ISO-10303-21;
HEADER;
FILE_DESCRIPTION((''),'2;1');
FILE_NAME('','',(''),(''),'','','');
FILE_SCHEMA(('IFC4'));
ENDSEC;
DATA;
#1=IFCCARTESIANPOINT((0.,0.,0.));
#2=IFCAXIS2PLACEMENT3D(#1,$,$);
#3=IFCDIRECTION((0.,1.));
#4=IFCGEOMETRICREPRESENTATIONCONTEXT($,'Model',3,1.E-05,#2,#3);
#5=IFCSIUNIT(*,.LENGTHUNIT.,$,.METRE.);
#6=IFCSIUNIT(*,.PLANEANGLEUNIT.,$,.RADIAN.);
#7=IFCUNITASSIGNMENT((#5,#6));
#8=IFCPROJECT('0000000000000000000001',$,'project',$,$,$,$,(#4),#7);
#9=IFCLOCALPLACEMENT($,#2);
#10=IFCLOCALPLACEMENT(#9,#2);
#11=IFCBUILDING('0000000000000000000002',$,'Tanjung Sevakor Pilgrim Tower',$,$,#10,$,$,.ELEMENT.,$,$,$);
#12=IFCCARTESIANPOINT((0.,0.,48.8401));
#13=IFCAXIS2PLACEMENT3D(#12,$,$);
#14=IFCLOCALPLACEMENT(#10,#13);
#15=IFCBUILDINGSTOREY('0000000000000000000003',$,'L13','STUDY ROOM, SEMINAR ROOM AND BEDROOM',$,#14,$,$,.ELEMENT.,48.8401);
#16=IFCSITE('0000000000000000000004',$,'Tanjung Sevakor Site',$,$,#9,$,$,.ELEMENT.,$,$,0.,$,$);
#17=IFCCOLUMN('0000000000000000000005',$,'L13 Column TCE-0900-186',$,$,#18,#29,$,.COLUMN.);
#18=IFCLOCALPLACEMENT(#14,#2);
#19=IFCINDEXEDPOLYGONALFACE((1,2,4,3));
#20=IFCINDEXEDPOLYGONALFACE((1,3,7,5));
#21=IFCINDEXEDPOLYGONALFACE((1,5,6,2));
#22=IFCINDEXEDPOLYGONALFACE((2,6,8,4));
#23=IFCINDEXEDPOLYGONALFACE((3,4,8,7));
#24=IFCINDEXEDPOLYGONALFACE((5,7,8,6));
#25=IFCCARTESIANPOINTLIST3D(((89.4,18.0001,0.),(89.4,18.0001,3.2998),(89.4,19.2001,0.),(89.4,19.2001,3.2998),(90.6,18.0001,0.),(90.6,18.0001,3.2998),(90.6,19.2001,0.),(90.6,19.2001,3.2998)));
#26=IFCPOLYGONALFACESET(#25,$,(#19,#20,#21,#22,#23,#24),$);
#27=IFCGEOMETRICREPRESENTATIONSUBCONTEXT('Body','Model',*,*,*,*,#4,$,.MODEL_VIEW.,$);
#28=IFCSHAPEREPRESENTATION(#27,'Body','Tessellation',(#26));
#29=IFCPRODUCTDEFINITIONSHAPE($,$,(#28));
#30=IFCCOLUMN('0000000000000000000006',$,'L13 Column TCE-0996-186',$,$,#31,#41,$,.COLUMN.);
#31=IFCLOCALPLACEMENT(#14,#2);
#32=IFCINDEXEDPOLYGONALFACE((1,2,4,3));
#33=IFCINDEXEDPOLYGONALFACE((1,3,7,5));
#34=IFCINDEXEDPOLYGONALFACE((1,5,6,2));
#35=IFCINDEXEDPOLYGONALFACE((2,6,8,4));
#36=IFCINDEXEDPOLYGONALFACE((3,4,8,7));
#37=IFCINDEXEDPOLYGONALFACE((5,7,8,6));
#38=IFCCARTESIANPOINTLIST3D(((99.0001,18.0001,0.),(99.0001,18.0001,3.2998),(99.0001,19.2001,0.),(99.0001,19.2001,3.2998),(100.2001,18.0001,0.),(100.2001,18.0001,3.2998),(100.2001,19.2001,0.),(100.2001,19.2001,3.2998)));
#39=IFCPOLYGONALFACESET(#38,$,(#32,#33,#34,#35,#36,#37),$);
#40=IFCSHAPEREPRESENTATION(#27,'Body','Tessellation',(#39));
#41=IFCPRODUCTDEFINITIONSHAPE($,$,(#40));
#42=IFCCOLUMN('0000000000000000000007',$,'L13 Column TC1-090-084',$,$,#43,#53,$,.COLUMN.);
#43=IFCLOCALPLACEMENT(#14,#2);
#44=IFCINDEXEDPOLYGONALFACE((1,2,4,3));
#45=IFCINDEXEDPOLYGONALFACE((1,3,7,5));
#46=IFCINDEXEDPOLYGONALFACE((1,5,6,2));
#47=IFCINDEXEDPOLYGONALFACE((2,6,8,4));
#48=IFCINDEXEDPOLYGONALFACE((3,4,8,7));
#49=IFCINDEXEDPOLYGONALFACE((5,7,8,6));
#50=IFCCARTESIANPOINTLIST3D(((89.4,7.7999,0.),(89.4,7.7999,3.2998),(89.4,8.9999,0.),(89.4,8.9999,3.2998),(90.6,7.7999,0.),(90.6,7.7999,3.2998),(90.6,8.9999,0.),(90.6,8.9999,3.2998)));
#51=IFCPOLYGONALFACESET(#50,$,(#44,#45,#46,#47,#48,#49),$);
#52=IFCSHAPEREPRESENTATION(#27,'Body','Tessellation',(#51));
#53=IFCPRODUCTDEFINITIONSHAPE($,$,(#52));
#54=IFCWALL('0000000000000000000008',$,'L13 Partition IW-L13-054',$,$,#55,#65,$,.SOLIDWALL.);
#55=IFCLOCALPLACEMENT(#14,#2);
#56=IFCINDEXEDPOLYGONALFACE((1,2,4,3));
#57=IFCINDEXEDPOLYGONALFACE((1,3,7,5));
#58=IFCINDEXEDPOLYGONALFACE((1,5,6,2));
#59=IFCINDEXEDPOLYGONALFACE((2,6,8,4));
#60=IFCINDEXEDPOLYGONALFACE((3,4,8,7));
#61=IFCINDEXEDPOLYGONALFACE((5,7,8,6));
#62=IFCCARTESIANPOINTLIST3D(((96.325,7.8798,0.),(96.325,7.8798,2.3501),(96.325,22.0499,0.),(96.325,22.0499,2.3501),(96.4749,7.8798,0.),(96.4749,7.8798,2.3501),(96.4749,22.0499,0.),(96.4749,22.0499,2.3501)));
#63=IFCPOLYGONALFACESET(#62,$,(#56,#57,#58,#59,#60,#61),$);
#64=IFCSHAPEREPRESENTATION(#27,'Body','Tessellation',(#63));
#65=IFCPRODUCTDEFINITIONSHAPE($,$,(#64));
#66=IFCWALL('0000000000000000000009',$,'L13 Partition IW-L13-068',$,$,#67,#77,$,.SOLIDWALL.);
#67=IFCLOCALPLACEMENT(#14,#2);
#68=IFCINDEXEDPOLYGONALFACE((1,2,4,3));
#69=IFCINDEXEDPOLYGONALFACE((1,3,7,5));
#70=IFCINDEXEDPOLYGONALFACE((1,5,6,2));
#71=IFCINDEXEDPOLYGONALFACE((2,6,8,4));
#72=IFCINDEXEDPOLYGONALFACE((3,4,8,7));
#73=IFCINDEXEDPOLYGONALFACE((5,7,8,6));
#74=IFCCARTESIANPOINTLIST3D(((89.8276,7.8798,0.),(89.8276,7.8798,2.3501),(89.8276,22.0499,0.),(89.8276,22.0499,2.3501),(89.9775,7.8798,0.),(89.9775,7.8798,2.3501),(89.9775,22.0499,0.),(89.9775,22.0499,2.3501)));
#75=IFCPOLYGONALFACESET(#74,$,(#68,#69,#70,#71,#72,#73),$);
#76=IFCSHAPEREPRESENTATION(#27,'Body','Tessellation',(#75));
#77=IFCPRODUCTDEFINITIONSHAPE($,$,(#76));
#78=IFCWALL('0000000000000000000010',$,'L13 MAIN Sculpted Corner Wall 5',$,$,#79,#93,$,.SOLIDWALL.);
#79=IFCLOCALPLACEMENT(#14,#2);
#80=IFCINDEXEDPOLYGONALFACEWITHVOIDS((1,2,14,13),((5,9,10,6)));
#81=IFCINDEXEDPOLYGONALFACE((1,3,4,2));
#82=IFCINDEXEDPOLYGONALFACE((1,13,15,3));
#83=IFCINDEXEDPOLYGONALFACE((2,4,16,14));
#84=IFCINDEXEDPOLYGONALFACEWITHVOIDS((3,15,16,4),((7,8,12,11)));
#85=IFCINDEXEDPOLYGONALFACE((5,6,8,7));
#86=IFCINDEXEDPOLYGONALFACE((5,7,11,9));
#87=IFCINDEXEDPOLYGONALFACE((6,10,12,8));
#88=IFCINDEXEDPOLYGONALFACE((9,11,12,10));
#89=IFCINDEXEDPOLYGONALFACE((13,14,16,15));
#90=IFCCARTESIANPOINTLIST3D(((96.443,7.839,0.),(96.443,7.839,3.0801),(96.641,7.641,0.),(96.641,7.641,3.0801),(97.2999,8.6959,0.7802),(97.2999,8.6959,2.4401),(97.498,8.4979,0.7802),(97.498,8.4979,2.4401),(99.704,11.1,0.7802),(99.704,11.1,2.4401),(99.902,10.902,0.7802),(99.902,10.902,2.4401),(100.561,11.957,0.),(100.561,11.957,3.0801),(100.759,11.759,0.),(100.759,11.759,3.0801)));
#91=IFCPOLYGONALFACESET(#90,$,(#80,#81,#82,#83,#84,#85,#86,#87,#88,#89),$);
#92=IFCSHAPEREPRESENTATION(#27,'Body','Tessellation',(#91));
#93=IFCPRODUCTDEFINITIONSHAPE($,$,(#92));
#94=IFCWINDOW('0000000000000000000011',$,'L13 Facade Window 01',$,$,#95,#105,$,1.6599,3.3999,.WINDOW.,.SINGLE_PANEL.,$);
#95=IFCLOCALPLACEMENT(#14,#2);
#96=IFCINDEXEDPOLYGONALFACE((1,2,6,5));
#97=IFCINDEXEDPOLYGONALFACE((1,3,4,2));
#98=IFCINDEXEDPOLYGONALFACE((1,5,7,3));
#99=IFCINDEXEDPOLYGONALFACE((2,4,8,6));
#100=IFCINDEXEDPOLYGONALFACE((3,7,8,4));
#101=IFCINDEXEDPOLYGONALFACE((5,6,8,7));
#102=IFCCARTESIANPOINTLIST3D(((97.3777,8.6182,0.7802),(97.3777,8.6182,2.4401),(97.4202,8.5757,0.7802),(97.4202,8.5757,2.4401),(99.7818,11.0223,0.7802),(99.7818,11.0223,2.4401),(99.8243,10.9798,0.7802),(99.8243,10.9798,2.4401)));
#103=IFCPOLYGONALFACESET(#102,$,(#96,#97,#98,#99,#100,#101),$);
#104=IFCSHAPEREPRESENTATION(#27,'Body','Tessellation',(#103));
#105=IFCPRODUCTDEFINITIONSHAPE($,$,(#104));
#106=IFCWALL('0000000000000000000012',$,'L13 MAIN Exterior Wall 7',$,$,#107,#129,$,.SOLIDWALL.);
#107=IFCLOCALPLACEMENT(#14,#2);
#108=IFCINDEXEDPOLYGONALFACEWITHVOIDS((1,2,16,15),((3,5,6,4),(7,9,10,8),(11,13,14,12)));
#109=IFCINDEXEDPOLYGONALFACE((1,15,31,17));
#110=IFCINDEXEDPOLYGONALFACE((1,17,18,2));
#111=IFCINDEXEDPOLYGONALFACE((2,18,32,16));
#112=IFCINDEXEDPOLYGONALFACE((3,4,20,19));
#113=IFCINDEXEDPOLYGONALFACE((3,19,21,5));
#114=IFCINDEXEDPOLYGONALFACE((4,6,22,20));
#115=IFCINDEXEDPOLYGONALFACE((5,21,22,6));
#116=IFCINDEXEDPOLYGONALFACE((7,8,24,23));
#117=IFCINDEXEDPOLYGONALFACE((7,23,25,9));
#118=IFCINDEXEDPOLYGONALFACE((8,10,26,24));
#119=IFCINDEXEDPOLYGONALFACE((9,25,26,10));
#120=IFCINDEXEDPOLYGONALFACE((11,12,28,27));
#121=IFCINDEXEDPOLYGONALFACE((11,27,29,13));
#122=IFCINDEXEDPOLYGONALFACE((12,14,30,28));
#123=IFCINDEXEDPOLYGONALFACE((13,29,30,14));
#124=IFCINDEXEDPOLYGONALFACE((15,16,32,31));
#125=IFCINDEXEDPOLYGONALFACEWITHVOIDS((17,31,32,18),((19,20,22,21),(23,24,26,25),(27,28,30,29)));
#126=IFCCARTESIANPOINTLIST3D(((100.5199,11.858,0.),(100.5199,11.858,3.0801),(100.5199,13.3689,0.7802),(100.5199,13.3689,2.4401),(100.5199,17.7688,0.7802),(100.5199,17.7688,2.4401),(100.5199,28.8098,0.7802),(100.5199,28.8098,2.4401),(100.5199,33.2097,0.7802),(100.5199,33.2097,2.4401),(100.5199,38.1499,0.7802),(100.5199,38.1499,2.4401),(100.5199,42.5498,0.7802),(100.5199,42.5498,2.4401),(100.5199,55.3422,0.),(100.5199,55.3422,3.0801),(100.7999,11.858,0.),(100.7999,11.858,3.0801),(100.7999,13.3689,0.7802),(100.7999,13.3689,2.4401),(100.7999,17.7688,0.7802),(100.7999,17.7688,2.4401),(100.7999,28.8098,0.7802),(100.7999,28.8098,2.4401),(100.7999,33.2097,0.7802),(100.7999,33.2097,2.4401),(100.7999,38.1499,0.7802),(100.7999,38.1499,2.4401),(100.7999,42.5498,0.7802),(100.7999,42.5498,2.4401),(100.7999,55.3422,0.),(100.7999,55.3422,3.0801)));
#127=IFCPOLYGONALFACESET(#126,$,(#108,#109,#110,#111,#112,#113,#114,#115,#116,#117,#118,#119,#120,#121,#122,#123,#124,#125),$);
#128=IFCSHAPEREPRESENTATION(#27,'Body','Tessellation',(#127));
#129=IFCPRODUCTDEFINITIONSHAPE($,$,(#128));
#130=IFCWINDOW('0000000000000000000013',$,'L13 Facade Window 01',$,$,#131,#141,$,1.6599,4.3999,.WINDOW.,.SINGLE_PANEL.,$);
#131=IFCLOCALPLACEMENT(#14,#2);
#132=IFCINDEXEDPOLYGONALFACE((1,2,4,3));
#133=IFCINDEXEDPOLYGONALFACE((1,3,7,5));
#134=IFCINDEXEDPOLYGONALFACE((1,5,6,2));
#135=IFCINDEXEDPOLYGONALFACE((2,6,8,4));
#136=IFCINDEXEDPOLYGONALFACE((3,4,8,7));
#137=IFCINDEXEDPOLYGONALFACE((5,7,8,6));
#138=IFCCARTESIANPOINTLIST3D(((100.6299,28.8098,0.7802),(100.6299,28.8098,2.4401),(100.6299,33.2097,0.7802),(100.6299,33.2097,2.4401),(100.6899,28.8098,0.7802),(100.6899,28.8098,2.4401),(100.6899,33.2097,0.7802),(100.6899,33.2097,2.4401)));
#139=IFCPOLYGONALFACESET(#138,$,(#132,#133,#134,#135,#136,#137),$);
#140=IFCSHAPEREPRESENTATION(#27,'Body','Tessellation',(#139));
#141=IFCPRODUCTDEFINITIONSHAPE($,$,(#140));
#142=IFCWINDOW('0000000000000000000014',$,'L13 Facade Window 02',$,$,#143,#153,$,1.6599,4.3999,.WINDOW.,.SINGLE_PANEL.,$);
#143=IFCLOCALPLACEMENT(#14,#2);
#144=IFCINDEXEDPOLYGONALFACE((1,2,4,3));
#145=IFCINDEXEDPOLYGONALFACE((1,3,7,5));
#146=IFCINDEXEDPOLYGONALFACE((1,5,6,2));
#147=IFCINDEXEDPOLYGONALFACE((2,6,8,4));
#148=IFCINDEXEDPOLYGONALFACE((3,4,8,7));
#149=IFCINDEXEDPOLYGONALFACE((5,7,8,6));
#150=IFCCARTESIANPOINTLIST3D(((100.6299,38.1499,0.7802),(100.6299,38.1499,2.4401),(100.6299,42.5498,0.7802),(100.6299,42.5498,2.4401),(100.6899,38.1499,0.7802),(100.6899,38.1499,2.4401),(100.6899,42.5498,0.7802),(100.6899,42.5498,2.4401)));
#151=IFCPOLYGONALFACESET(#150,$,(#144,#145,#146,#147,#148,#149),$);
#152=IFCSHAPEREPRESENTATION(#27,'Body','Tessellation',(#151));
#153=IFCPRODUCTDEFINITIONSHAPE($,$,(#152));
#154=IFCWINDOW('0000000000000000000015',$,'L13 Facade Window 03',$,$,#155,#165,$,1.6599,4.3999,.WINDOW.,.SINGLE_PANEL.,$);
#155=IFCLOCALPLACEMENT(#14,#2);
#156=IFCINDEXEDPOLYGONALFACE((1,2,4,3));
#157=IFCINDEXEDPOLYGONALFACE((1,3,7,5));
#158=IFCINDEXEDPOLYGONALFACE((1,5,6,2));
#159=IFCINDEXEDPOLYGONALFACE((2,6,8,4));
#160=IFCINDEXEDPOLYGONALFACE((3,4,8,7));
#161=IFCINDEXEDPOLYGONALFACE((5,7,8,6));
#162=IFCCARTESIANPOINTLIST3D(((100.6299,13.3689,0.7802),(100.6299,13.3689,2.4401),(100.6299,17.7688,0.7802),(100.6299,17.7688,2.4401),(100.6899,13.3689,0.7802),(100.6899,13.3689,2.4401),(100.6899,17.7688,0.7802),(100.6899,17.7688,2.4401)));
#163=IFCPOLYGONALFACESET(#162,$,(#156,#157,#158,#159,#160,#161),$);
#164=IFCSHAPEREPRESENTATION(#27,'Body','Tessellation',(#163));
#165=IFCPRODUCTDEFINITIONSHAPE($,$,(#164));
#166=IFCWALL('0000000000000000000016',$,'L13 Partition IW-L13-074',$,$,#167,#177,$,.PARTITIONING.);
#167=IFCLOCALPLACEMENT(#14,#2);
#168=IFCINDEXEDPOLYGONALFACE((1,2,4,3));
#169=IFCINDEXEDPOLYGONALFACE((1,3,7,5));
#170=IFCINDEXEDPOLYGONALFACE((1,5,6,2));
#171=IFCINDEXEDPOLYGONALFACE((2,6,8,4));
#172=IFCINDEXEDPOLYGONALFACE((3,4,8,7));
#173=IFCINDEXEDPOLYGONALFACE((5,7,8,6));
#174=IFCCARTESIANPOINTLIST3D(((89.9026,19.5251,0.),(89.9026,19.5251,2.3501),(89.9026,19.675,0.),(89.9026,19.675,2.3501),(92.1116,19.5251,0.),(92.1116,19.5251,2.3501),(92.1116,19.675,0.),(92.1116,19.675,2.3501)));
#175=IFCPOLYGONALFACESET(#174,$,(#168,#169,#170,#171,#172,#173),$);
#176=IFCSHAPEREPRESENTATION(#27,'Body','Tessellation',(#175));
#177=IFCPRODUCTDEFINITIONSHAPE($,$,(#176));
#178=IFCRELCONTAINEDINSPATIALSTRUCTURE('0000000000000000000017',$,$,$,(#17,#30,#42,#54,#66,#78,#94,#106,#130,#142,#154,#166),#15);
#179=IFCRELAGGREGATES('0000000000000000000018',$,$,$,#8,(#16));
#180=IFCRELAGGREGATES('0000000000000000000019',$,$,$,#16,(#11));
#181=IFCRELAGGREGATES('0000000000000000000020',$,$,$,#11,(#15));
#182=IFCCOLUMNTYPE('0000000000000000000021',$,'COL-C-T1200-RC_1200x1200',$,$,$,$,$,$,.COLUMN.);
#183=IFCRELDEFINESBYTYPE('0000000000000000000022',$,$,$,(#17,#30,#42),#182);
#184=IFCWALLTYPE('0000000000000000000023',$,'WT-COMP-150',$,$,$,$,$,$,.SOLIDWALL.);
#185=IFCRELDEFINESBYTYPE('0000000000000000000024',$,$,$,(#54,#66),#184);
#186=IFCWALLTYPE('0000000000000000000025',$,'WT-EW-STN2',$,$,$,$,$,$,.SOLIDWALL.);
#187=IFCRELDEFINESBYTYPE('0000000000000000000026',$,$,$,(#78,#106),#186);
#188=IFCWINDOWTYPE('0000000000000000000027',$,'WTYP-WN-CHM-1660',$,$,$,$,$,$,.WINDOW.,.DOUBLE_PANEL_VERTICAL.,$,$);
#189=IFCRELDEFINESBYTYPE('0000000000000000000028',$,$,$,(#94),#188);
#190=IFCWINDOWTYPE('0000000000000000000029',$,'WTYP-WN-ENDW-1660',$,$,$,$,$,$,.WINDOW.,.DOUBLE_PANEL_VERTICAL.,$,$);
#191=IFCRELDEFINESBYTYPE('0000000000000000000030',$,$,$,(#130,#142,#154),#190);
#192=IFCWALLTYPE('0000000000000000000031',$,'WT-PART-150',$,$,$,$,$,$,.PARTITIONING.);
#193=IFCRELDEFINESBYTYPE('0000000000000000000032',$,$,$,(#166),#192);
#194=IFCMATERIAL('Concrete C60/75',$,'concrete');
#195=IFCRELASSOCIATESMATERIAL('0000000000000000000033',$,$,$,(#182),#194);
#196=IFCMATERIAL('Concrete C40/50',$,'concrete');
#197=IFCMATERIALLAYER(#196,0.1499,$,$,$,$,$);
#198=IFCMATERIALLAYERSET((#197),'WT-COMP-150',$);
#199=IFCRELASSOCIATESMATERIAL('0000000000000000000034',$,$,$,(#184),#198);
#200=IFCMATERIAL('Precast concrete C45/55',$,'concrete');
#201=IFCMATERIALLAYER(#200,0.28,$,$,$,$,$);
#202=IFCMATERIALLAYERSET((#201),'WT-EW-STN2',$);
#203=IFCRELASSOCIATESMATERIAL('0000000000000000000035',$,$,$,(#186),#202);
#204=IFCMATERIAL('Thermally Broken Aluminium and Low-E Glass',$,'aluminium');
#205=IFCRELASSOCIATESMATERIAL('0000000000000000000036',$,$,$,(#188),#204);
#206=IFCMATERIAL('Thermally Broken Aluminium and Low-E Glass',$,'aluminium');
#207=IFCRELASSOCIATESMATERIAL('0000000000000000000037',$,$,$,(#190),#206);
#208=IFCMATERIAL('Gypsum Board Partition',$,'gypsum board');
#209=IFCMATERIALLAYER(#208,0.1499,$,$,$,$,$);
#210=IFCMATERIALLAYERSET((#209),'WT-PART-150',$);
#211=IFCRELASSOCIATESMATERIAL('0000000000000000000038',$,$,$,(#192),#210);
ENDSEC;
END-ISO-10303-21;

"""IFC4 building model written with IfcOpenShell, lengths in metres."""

from ifc_helpers import new_model, si_unit, direction, frame, frame_2d, origin, origin_2d, place, context, subcontext, project, spatial, rectangle, extrude, material, layer, layer_set, material_profile, profile_set, type_object, element, fill, save


model = new_model("IFC4")

# Units and contexts
model_context = context("Model", 3, precision=1e-05, world=origin(), true_north=direction((0.0, 1.0)))
body_context = subcontext(model_context, "Body", "Model", "MODEL_VIEW")
ifc_project = project(units=[si_unit("LENGTHUNIT", "METRE"), si_unit("PLANEANGLEUNIT", "RADIAN")], contexts=[model_context])

# Site, building, storey
site_placement = place(None, origin())
site = spatial("IfcSite", under=ifc_project, at=site_placement, Name="Tanjung Sevakor Site", CompositionType="ELEMENT", RefElevation=0.0)
building_placement = place(site_placement, origin())
building = spatial("IfcBuilding", under=site, at=building_placement, Name="Tanjung Sevakor Pilgrim Tower", CompositionType="ELEMENT")
storey_placement = place(building_placement, frame((0.0, 0.0, 48.8401)))
storey = spatial("IfcBuildingStorey", under=building, at=storey_placement, Name="L13", Description="STUDY ROOM, SEMINAR ROOM AND BEDROOM", CompositionType="ELEMENT", Elevation=48.8401)

# Columns
ifc_material_1 = material(Name="Concrete C60/75", Category="concrete")
ifc_material_profile = material_profile(ifc_material_1, rectangle(XDim=1.2, YDim=1.2, at=origin_2d()))
ifc_profile_set = profile_set([ifc_material_profile], Name="Concrete C60/75")
column_type = type_object("IfcColumnType", Name="COL-C-T1200-RC_1200x1200", PredefinedType="COLUMN", material=ifc_profile_set)
for number, where, z_axis, x_axis, name in (
    (1, (90.0, 18.6001, 0.0), (0.0, 0.0, 1.0), (1.0, 0.0, 0.0), "L13 Column TCE-0900-186"),
    (2, (99.6001, 18.6001, 0.0), (0.0, 0.0, 1.0), (1.0, 0.0, 0.0), "L13 Column TCE-0996-186"),
    (3, (90.0, 8.3999, 0.0), (0.0, 0.0, 1.0), (1.0, 0.0, 0.0), "L13 Column TC1-090-084"),
):
    element("IfcColumn", number, at=place(storey_placement, frame(where, z_axis=z_axis, x_axis=x_axis)), inside=storey, type_object=column_type, Name=name, PredefinedType="COLUMN", context=body_context, shape_type="SweptSolid", body=[
        extrude(rectangle(XDim=1.2, YDim=1.2, at=origin_2d()), origin(), (0.0, 0.0, 1.0), 3.2998),
    ])

# Walls
ifc_material_2 = material(Name="Concrete C40/50", Category="concrete")
ifc_layer_1 = layer(ifc_material_2, 0.1499)
ifc_layer_set_1 = layer_set([ifc_layer_1], Name="WT-COMP-150")
wall_type_1 = type_object("IfcWallType", Name="WT-COMP-150", PredefinedType="SOLIDWALL", material=ifc_layer_set_1)
for number, where, z_axis, x_axis, name in (
    (4, (96.3999, 7.8799, 0.0), (0.0, 0.0, 1.0), (0.0, 1.0, 0.0), "L13 Partition IW-L13-054"),
    (5, (89.9026, 7.8799, 0.0), (0.0, 0.0, 1.0), (0.0, 1.0, 0.0), "L13 Partition IW-L13-068"),
):
    element("IfcWall", number, at=place(storey_placement, frame(where, z_axis=z_axis, x_axis=x_axis)), inside=storey, type_object=wall_type_1, Name=name, PredefinedType="SOLIDWALL", context=body_context, shape_type="SweptSolid", body=[
        extrude(rectangle(XDim=14.1702, YDim=0.1499, at=frame_2d((7.085, 0.0))), origin(), (0.0, 0.0, 1.0), 2.3501),
    ])

# Wall, opening, window
ifc_material_3 = material(Name="Precast concrete C45/55", Category="concrete")
ifc_layer_2 = layer(ifc_material_3, 0.28)
ifc_layer_set_2 = layer_set([ifc_layer_2], Name="WT-EW-STN2")
wall_type_2 = type_object("IfcWallType", Name="WT-EW-STN2", PredefinedType="SOLIDWALL", material=ifc_layer_set_2)
wall_1_placement = place(storey_placement, frame((96.542, 7.74, 0.0), z_axis=(0.0, 0.0, 1.0), x_axis=(0.707107, 0.707107, 0.0)))
wall_1 = element("IfcWall", 6, at=wall_1_placement, inside=storey, type_object=wall_type_2, Name="L13 MAIN Sculpted Corner Wall 5", PredefinedType="SOLIDWALL", context=body_context, shape_type="SweptSolid", body=[
    extrude(rectangle(XDim=5.8237, YDim=0.28, at=frame_2d((2.9119, 0.0))), origin(), (0.0, 0.0, 1.0), 3.0801),
])
opening_1_placement = place(wall_1_placement, frame((1.2119, 0.0, 0.78)))
opening_1 = element("IfcOpeningElement", 7, at=opening_1_placement, cuts=wall_1, PredefinedType="OPENING", context=body_context, shape_type="SweptSolid", body=[
    extrude(rectangle(XDim=3.3999, YDim=1.6599, at=frame_2d((1.7, 0.8301))), frame((0.0, 0.1499, 0.0), z_axis=(0.0, -1.0, 0.0), x_axis=(1.0, 0.0, 0.0)), (0.0, 0.0, 1.0), 0.3),
])
ifc_material_4 = material(Name="Thermally Broken Aluminium and Low-E Glass", Category="aluminium")
window_type_1 = type_object("IfcWindowType", Name="WTYP-WN-CHM-1660", PartitioningType="DOUBLE_PANEL_VERTICAL", PredefinedType="WINDOW", material=ifc_material_4)
window_1_placement = place(opening_1_placement, origin())
window_1 = element("IfcWindow", 8, at=window_1_placement, inside=storey, type_object=window_type_1, Name="L13 Facade Window 01", OverallHeight=1.6599, OverallWidth=3.3999, PartitioningType="SINGLE_PANEL", PredefinedType="WINDOW", context=body_context, shape_type="SweptSolid", body=[
    extrude(rectangle(XDim=3.3999, YDim=1.6599, at=frame_2d((1.7, 0.8301))), frame((0.0, 0.03, 0.0), z_axis=(0.0, -1.0, 0.0), x_axis=(1.0, 0.0, 0.0)), (0.0, 0.0, 1.0), 0.0601),
])
fill(opening_1, window_1)

# Wall, openings, windows
wall_2_placement = place(storey_placement, frame((100.6599, 11.8579, 0.0), z_axis=(0.0, 0.0, 1.0), x_axis=(0.0, 1.0, 0.0)))
wall_2 = element("IfcWall", 9, at=wall_2_placement, inside=storey, type_object=wall_type_2, Name="L13 MAIN Exterior Wall 7", PredefinedType="SOLIDWALL", context=body_context, shape_type="SweptSolid", body=[
    extrude(rectangle(XDim=43.4841, YDim=0.28, at=frame_2d((21.7422, 0.0))), origin(), (0.0, 0.0, 1.0), 3.0801),
])
opening_2_placement = place(wall_2_placement, frame((16.9519, 0.0, 0.78)))
opening_2 = element("IfcOpeningElement", 10, at=opening_2_placement, cuts=wall_2, PredefinedType="OPENING", context=body_context, shape_type="SweptSolid", body=[
    extrude(rectangle(XDim=4.3999, YDim=1.6599, at=frame_2d((2.2, 0.8301))), frame((0.0, 0.1499, 0.0), z_axis=(0.0, -1.0, 0.0), x_axis=(1.0, 0.0, 0.0)), (0.0, 0.0, 1.0), 0.3),
])
opening_3_placement = place(wall_2_placement, frame((26.292, 0.0, 0.78)))
opening_3 = element("IfcOpeningElement", 11, at=opening_3_placement, cuts=wall_2, PredefinedType="OPENING", context=body_context, shape_type="SweptSolid", body=[
    extrude(rectangle(XDim=4.3999, YDim=1.6599, at=frame_2d((2.2, 0.8301))), frame((0.0, 0.1499, 0.0), z_axis=(0.0, -1.0, 0.0), x_axis=(1.0, 0.0, 0.0)), (0.0, 0.0, 1.0), 0.3),
])
opening_4_placement = place(wall_2_placement, frame((1.511, 0.0, 0.78)))
opening_4 = element("IfcOpeningElement", 12, at=opening_4_placement, cuts=wall_2, PredefinedType="OPENING", context=body_context, shape_type="SweptSolid", body=[
    extrude(rectangle(XDim=4.3999, YDim=1.6599, at=frame_2d((2.2, 0.8301))), frame((0.0, 0.1499, 0.0), z_axis=(0.0, -1.0, 0.0), x_axis=(1.0, 0.0, 0.0)), (0.0, 0.0, 1.0), 0.3),
])
ifc_material_5 = material(Name="Thermally Broken Aluminium and Low-E Glass", Category="aluminium")
window_type_2 = type_object("IfcWindowType", Name="WTYP-WN-ENDW-1660", PartitioningType="DOUBLE_PANEL_VERTICAL", PredefinedType="WINDOW", material=ifc_material_5)
window_2_placement = place(opening_2_placement, origin())
window_2 = element("IfcWindow", 13, at=window_2_placement, inside=storey, type_object=window_type_2, Name="L13 Facade Window 01", OverallHeight=1.6599, OverallWidth=4.3999, PartitioningType="SINGLE_PANEL", PredefinedType="WINDOW", context=body_context, shape_type="SweptSolid", body=[
    extrude(rectangle(XDim=4.3999, YDim=1.6599, at=frame_2d((2.2, 0.8301))), frame((0.0, 0.03, 0.0), z_axis=(0.0, -1.0, 0.0), x_axis=(1.0, 0.0, 0.0)), (0.0, 0.0, 1.0), 0.0601),
])
fill(opening_2, window_2)
window_3_placement = place(opening_3_placement, origin())
window_3 = element("IfcWindow", 14, at=window_3_placement, inside=storey, type_object=window_type_2, Name="L13 Facade Window 02", OverallHeight=1.6599, OverallWidth=4.3999, PartitioningType="SINGLE_PANEL", PredefinedType="WINDOW", context=body_context, shape_type="SweptSolid", body=[
    extrude(rectangle(XDim=4.3999, YDim=1.6599, at=frame_2d((2.2, 0.8301))), frame((0.0, 0.03, 0.0), z_axis=(0.0, -1.0, 0.0), x_axis=(1.0, 0.0, 0.0)), (0.0, 0.0, 1.0), 0.0601),
])
fill(opening_3, window_3)
window_4_placement = place(opening_4_placement, origin())
window_4 = element("IfcWindow", 15, at=window_4_placement, inside=storey, type_object=window_type_2, Name="L13 Facade Window 03", OverallHeight=1.6599, OverallWidth=4.3999, PartitioningType="SINGLE_PANEL", PredefinedType="WINDOW", context=body_context, shape_type="SweptSolid", body=[
    extrude(rectangle(XDim=4.3999, YDim=1.6599, at=frame_2d((2.2, 0.8301))), frame((0.0, 0.03, 0.0), z_axis=(0.0, -1.0, 0.0), x_axis=(1.0, 0.0, 0.0)), (0.0, 0.0, 1.0), 0.0601),
])
fill(opening_4, window_4)

# Wall
ifc_material_6 = material(Name="Gypsum Board Partition", Category="gypsum board")
ifc_layer_3 = layer(ifc_material_6, 0.1499)
ifc_layer_set_3 = layer_set([ifc_layer_3], Name="WT-PART-150")
wall_type_3 = type_object("IfcWallType", Name="WT-PART-150", PredefinedType="PARTITIONING", material=ifc_layer_set_3)
wall_3_placement = place(storey_placement, frame((89.9026, 19.6001, 0.0), z_axis=(0.0, 0.0, 1.0), x_axis=(1.0, 0.0, 0.0)))
element("IfcWall", 16, at=wall_3_placement, inside=storey, type_object=wall_type_3, Name="L13 Partition IW-L13-074", PredefinedType="PARTITIONING", context=body_context, shape_type="SweptSolid", body=[
    extrude(rectangle(XDim=2.209, YDim=0.1499, at=frame_2d((1.1045, 0.0))), origin(), (0.0, 0.0, 1.0), 2.3501),
])

save(model, "model.ifc")
